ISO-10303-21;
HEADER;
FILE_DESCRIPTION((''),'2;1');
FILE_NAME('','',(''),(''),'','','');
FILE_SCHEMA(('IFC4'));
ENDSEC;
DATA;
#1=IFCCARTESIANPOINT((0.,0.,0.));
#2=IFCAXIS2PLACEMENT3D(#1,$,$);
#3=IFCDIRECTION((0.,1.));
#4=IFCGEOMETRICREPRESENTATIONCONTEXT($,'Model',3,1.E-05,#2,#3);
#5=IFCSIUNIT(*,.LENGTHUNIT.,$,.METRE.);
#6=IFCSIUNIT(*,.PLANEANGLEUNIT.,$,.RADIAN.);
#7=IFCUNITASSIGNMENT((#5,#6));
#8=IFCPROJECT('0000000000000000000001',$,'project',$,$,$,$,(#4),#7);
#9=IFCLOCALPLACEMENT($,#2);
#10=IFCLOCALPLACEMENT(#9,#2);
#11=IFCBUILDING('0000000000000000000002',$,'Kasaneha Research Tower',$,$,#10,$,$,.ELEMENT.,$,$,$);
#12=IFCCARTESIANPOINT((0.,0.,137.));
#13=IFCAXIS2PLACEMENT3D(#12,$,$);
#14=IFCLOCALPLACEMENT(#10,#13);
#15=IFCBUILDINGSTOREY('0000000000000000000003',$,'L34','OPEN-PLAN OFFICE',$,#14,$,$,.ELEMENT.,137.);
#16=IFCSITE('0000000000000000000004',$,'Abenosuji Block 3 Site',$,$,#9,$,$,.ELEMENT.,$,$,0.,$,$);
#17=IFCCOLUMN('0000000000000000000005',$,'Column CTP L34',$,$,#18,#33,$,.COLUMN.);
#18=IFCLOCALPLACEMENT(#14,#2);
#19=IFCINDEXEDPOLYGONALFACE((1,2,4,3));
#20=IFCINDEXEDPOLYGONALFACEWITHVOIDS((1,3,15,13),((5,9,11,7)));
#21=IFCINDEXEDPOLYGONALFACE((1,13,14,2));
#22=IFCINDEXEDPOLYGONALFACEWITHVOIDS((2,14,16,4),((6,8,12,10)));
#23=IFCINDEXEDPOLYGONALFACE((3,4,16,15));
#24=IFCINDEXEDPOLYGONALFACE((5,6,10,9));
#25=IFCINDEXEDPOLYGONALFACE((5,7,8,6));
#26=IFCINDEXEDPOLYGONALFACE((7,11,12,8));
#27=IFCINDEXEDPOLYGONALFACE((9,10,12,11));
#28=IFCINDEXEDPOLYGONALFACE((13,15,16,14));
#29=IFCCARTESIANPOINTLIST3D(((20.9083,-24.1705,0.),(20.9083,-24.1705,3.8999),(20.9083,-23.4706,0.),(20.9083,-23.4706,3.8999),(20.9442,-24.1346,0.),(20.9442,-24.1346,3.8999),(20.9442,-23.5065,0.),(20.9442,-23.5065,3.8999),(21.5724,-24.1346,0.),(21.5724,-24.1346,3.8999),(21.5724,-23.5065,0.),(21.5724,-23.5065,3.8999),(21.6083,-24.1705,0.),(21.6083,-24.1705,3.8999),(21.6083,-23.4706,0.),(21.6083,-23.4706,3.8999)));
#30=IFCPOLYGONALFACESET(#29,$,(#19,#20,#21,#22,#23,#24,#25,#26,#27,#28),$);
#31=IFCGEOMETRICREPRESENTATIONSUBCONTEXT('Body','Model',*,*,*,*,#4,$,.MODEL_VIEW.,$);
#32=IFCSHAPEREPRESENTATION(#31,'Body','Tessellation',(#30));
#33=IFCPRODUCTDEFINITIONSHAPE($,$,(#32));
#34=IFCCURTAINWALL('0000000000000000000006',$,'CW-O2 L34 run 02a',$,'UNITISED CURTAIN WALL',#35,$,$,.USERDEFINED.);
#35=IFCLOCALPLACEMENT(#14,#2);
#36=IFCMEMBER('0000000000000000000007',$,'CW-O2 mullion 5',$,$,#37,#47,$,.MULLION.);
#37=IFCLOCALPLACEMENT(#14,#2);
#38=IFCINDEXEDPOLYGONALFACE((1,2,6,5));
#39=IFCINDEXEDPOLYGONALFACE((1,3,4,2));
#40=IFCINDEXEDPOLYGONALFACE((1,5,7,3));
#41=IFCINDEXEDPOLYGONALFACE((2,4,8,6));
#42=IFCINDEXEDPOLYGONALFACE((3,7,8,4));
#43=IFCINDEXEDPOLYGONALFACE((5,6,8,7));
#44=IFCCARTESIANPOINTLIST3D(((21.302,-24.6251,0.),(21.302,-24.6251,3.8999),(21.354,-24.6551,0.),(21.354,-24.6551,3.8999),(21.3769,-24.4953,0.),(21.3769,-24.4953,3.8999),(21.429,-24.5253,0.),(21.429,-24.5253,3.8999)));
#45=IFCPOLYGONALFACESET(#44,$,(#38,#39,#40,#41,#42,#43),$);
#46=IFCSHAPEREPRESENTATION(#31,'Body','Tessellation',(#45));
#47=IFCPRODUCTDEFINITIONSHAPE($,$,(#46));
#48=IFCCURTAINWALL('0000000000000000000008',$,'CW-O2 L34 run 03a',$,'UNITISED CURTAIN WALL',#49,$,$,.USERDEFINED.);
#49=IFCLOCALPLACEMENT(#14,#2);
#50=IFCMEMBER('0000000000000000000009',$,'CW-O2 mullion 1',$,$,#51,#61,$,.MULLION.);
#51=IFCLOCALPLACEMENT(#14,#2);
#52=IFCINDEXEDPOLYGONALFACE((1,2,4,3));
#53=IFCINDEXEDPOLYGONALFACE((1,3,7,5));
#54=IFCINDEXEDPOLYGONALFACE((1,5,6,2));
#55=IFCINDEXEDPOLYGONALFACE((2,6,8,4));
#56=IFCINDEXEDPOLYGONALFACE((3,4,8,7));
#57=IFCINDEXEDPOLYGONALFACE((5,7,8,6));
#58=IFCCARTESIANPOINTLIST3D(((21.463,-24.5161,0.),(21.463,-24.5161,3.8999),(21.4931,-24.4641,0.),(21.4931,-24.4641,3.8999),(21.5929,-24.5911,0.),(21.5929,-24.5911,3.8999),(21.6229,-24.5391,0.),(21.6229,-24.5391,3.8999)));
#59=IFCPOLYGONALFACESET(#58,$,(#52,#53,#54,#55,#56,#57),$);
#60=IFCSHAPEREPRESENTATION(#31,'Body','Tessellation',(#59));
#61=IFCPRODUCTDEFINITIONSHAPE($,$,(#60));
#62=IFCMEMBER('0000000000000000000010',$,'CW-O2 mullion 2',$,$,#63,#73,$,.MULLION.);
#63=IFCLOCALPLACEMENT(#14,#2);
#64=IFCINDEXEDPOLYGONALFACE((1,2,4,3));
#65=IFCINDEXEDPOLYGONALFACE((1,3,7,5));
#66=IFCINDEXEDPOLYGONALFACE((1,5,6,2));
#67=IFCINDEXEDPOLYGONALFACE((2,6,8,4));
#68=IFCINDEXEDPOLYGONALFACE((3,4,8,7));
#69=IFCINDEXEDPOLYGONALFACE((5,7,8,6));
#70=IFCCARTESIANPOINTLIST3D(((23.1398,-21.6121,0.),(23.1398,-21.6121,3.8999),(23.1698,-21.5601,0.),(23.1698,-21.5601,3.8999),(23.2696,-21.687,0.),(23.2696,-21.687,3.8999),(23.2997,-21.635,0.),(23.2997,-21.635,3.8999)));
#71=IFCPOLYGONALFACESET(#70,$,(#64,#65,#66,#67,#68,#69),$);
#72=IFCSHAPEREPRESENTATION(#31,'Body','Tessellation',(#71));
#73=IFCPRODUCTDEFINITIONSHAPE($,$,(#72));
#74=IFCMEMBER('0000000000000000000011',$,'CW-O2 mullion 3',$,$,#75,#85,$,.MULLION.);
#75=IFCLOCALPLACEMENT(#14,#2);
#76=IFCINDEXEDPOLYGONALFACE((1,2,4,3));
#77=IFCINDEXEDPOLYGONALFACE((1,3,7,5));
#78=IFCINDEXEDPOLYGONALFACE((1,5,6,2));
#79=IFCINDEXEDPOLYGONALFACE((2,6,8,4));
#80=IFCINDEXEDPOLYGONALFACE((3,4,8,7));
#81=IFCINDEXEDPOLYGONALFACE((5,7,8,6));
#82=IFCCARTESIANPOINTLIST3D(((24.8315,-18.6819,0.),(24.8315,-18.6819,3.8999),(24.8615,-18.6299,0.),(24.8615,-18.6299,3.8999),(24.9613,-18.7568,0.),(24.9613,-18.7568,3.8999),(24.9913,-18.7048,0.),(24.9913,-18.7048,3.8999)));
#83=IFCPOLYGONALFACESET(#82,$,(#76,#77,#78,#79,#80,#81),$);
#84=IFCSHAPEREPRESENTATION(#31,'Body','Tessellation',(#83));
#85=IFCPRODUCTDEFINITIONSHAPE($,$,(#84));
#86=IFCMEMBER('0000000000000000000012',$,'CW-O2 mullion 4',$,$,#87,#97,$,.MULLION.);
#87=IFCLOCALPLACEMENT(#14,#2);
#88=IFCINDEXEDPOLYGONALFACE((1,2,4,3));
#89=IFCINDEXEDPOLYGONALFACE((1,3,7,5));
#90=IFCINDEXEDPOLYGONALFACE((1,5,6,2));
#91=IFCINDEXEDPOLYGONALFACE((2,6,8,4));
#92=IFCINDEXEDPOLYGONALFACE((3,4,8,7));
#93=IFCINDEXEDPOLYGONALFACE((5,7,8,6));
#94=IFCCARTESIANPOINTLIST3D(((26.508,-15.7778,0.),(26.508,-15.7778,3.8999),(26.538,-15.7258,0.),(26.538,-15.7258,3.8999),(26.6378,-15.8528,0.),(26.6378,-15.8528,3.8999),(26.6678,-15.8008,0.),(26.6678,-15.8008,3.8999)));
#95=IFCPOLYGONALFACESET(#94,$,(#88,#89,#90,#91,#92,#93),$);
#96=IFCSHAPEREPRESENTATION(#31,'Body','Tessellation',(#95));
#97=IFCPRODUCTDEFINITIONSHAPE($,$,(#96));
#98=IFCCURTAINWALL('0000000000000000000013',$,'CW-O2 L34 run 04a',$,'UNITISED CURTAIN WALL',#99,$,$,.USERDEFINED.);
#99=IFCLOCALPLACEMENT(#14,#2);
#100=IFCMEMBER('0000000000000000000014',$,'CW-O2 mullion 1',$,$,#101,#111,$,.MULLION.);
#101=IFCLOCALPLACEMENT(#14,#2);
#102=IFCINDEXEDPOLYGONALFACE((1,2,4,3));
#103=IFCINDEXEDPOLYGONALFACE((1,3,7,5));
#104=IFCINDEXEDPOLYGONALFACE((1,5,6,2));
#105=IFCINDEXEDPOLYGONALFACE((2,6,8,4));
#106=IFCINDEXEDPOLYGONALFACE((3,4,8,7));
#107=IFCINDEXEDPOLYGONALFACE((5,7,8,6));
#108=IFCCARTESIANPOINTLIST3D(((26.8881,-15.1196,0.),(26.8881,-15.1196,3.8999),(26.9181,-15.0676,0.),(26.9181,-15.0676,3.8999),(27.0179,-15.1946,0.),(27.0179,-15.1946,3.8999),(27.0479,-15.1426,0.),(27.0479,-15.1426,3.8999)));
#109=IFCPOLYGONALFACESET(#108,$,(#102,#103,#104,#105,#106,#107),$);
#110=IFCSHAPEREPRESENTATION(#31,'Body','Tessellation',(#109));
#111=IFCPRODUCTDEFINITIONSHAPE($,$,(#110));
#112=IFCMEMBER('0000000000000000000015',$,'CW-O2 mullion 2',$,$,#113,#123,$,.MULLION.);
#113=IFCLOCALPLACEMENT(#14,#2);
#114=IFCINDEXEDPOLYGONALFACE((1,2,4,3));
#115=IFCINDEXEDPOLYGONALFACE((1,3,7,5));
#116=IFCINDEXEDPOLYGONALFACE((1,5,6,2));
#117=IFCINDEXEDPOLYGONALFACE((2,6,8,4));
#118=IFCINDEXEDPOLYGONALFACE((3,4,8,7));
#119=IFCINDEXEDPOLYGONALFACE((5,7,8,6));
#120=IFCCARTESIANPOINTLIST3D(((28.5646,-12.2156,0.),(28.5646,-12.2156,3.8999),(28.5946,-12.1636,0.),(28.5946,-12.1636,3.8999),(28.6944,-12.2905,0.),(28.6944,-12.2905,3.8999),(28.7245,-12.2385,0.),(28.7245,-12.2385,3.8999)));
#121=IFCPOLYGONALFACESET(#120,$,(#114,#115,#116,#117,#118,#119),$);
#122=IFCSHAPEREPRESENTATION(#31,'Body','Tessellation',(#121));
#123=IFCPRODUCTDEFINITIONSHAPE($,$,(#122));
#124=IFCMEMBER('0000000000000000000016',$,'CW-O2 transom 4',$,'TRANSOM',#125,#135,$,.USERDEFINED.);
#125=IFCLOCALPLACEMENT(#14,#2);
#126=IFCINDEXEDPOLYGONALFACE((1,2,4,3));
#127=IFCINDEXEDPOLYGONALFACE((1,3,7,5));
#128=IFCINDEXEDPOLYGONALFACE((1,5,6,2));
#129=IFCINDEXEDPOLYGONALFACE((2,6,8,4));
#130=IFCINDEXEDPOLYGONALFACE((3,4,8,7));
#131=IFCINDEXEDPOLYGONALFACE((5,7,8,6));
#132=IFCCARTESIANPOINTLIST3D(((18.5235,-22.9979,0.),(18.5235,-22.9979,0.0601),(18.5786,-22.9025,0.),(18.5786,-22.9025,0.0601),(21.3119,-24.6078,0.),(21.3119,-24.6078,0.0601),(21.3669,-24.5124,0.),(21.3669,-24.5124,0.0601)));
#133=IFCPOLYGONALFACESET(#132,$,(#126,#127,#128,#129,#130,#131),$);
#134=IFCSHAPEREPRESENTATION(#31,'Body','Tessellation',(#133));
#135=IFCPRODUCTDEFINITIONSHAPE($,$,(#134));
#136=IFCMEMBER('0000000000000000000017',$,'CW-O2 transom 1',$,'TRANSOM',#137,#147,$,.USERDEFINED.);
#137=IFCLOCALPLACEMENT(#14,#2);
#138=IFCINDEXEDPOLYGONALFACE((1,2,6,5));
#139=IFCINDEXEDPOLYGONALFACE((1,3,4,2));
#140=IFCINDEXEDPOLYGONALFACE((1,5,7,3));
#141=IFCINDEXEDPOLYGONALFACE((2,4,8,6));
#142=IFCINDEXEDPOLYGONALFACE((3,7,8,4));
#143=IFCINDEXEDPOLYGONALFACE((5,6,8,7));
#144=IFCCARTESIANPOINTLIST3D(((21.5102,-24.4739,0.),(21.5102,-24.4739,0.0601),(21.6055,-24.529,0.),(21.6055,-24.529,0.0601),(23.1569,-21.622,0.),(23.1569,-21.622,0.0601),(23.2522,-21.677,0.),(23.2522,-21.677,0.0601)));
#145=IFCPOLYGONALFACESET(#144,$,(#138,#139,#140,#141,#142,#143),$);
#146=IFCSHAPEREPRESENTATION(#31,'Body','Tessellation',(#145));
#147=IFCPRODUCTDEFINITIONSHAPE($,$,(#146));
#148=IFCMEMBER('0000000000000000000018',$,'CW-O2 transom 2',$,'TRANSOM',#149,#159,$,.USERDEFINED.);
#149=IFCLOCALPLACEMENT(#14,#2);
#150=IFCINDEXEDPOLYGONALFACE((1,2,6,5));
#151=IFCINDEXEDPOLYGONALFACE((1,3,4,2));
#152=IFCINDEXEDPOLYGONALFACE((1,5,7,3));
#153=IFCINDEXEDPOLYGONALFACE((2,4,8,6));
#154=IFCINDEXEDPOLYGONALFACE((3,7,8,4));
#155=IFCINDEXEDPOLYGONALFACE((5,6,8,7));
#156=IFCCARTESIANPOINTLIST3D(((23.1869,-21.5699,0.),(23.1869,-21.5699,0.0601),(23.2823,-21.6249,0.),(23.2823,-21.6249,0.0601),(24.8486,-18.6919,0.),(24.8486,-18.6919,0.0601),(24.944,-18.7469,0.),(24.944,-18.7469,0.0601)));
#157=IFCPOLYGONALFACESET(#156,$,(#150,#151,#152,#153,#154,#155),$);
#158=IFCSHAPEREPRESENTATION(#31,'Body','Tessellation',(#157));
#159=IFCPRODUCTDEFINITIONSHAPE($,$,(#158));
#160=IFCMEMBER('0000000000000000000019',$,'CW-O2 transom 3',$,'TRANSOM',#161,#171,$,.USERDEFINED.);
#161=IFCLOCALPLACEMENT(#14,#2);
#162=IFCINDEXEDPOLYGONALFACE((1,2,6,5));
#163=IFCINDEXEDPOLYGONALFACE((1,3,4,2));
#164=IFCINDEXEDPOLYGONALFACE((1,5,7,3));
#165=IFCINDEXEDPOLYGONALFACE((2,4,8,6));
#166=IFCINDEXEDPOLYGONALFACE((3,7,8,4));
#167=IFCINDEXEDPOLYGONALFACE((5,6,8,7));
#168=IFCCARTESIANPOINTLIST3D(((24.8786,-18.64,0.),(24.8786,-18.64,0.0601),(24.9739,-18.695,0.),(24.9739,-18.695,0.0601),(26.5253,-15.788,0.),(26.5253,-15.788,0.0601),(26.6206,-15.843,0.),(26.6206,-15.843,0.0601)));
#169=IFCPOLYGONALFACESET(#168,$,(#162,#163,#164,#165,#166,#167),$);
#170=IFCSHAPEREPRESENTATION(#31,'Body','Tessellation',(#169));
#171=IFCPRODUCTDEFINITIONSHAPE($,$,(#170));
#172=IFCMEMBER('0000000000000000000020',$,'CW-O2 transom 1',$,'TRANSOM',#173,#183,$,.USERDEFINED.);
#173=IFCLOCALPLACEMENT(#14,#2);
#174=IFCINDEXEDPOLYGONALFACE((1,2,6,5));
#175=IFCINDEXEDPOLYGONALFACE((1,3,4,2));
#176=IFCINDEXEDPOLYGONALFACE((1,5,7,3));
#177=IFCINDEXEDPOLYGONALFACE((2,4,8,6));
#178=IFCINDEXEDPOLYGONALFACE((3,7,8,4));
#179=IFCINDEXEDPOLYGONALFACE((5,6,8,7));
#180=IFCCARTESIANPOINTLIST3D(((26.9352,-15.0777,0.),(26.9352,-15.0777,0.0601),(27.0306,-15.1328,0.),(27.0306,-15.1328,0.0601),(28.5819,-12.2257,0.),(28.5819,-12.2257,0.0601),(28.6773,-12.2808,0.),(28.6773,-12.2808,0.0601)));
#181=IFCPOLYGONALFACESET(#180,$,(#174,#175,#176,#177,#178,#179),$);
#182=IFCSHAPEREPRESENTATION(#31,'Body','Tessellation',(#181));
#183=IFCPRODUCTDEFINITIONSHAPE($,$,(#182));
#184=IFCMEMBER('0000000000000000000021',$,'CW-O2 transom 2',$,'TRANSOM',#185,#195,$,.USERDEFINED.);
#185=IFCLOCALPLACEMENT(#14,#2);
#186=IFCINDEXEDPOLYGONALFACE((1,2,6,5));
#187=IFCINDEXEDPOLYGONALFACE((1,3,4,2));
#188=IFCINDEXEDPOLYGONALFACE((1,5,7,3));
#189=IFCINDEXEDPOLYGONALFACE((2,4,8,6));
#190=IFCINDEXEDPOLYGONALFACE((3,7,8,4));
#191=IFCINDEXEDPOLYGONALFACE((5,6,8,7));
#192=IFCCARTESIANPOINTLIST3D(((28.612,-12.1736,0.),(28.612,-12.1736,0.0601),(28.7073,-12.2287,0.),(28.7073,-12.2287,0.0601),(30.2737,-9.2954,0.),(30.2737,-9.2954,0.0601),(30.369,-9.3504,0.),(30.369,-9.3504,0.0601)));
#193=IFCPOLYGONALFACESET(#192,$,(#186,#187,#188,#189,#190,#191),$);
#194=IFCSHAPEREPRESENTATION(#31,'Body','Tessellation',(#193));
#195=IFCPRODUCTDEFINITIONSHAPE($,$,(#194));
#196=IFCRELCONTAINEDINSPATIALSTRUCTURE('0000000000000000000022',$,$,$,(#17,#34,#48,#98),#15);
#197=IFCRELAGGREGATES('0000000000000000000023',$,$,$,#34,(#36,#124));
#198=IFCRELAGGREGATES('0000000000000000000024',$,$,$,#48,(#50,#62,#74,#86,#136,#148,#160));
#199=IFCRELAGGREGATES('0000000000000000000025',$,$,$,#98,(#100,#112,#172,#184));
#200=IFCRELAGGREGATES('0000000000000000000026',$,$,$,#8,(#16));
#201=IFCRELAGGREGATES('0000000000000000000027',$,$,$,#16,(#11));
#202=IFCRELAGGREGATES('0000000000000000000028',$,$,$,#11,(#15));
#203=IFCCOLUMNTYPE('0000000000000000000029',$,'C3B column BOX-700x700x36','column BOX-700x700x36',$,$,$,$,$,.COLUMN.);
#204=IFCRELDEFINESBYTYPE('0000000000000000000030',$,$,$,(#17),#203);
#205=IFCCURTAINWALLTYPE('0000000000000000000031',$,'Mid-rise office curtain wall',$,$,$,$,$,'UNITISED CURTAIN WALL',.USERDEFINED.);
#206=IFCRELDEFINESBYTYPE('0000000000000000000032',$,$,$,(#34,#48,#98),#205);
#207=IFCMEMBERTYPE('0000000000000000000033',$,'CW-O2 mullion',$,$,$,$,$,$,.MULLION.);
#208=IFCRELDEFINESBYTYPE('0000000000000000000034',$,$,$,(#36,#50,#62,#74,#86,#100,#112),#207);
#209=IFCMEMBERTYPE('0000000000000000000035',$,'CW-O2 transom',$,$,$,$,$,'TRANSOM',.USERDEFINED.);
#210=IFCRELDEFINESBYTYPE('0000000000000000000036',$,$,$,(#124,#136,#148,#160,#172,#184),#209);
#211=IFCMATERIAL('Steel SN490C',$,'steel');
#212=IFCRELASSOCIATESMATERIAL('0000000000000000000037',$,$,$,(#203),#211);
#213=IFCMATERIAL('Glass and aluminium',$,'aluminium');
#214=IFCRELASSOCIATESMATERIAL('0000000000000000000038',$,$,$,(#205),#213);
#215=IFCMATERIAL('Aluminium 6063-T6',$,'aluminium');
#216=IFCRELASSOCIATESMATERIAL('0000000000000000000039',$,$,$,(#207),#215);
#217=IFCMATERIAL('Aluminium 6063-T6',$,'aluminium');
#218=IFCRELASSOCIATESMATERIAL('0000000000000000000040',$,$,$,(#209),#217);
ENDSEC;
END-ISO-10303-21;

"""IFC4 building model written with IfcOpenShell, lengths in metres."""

from ifc_helpers import new_model, si_unit, direction, frame, origin, origin_2d, place, context, subcontext, project, spatial, rectangle, hollow_rectangle, extrude, material, material_profile, profile_set, type_object, element, aggregate, save


model = new_model("IFC4")

# Units and contexts
model_context = context("Model", 3, precision=1e-05, world=origin(), true_north=direction((0.0, 1.0)))
body_context = subcontext(model_context, "Body", "Model", "MODEL_VIEW")
ifc_project = project(units=[si_unit("LENGTHUNIT", "METRE"), si_unit("PLANEANGLEUNIT", "RADIAN")], contexts=[model_context])

# Site, building, storey
site_placement = place(None, origin())
site = spatial("IfcSite", under=ifc_project, at=site_placement, Name="Abenosuji Block 3 Site", CompositionType="ELEMENT", RefElevation=0.0)
building_placement = place(site_placement, origin())
building = spatial("IfcBuilding", under=site, at=building_placement, Name="Kasaneha Research Tower", CompositionType="ELEMENT")
storey_placement = place(building_placement, frame((0.0, 0.0, 137.0)))
storey = spatial("IfcBuildingStorey", under=building, at=storey_placement, Name="L34", Description="OPEN-PLAN OFFICE", CompositionType="ELEMENT", Elevation=137.0)

# Column
ifc_material_1 = material(Name="Steel SN490C", Category="steel")
ifc_material_profile_1 = material_profile(ifc_material_1, hollow_rectangle(XDim=0.7, YDim=0.7, WallThickness=0.0359, at=origin_2d()), Name="BOX-700x700x36")
ifc_profile_set_1 = profile_set([ifc_material_profile_1], Name="Steel SN490C")
column_type = type_object("IfcColumnType", Name="C3B column BOX-700x700x36", Description="column BOX-700x700x36", PredefinedType="COLUMN", material=ifc_profile_set_1)
column_placement = place(storey_placement, frame((21.2583, -23.8206, 0.0), z_axis=(0.0, 0.0, 1.0), x_axis=(1.0, 0.0, 0.0)))
element("IfcColumn", 1, at=column_placement, inside=storey, type_object=column_type, Name="Column CTP L34", PredefinedType="COLUMN", context=body_context, shape_type="SweptSolid", body=[
    extrude(hollow_rectangle(XDim=0.7, YDim=0.7, WallThickness=0.0359, at=origin_2d()), origin(), (0.0, 0.0, 1.0), 3.8999),
])

# Curtain wall, member
ifc_material_2 = material(Name="Glass and aluminium", Category="aluminium")
curtain_wall_type = type_object("IfcCurtainWallType", Name="Mid-rise office curtain wall", ElementType="UNITISED CURTAIN WALL", PredefinedType="USERDEFINED", material=ifc_material_2)
curtain_wall_1_placement = place(storey_placement, origin())
curtain_wall_1 = element("IfcCurtainWall", 2, at=curtain_wall_1_placement, inside=storey, type_object=curtain_wall_type, Name="CW-O2 L34 run 02a", ObjectType="UNITISED CURTAIN WALL", PredefinedType="USERDEFINED")
ifc_material_3 = material(Name="Aluminium 6063-T6", Category="aluminium")
ifc_material_profile_2 = material_profile(ifc_material_3, rectangle(XDim=0.0601, YDim=0.1499, at=origin_2d()), Name="CW-O2 mullion 60x150")
ifc_profile_set_2 = profile_set([ifc_material_profile_2], Name="Aluminium 6063-T6")
member_type_1 = type_object("IfcMemberType", Name="CW-O2 mullion", PredefinedType="MULLION", material=ifc_profile_set_2)
member_1_placement = place(storey_placement, frame((21.3655, -24.5752, 0.0), z_axis=(0.0, 0.0, 1.0), x_axis=(0.866025, -0.5, 0.0)))
member_1 = element("IfcMember", 3, at=member_1_placement, type_object=member_type_1, Name="CW-O2 mullion 5", PredefinedType="MULLION", context=body_context, shape_type="SweptSolid", body=[
    extrude(rectangle(XDim=0.0601, YDim=0.1499, at=origin_2d()), origin(), (0.0, 0.0, 1.0), 3.8999),
])

# Curtain walls, members
curtain_wall_2_placement = place(storey_placement, origin())
curtain_wall_2 = element("IfcCurtainWall", 4, at=curtain_wall_2_placement, inside=storey, type_object=curtain_wall_type, Name="CW-O2 L34 run 03a", ObjectType="UNITISED CURTAIN WALL", PredefinedType="USERDEFINED")
member_2_placement = place(storey_placement, frame((21.543, -24.5276, 0.0), z_axis=(0.0, 0.0, 1.0), x_axis=(0.5, 0.866025, 0.0)))
member_2 = element("IfcMember", 5, at=member_2_placement, type_object=member_type_1, Name="CW-O2 mullion 1", PredefinedType="MULLION", context=body_context, shape_type="SweptSolid", body=[
    extrude(rectangle(XDim=0.0601, YDim=0.1499, at=origin_2d()), origin(), (0.0, 0.0, 1.0), 3.8999),
])
member_3_placement = place(storey_placement, frame((23.2197, -21.6235, 0.0), z_axis=(0.0, 0.0, 1.0), x_axis=(0.5, 0.866025, 0.0)))
member_3 = element("IfcMember", 6, at=member_3_placement, type_object=member_type_1, Name="CW-O2 mullion 2", PredefinedType="MULLION", context=body_context, shape_type="SweptSolid", body=[
    extrude(rectangle(XDim=0.0601, YDim=0.1499, at=origin_2d()), origin(), (0.0, 0.0, 1.0), 3.8999),
])
member_4_placement = place(storey_placement, frame((24.9114, -18.6934, 0.0), z_axis=(0.0, 0.0, 1.0), x_axis=(0.5, 0.866025, 0.0)))
member_4 = element("IfcMember", 7, at=member_4_placement, type_object=member_type_1, Name="CW-O2 mullion 3", PredefinedType="MULLION", context=body_context, shape_type="SweptSolid", body=[
    extrude(rectangle(XDim=0.0601, YDim=0.1499, at=origin_2d()), origin(), (0.0, 0.0, 1.0), 3.8999),
])
member_5_placement = place(storey_placement, frame((26.5879, -15.7893, 0.0), z_axis=(0.0, 0.0, 1.0), x_axis=(0.5, 0.866025, 0.0)))
member_5 = element("IfcMember", 8, at=member_5_placement, type_object=member_type_1, Name="CW-O2 mullion 4", PredefinedType="MULLION", context=body_context, shape_type="SweptSolid", body=[
    extrude(rectangle(XDim=0.0601, YDim=0.1499, at=origin_2d()), origin(), (0.0, 0.0, 1.0), 3.8999),
])
curtain_wall_3_placement = place(storey_placement, origin())
curtain_wall_3 = element("IfcCurtainWall", 9, at=curtain_wall_3_placement, inside=storey, type_object=curtain_wall_type, Name="CW-O2 L34 run 04a", ObjectType="UNITISED CURTAIN WALL", PredefinedType="USERDEFINED")
member_6_placement = place(storey_placement, frame((26.968, -15.1311, 0.0), z_axis=(0.0, 0.0, 1.0), x_axis=(0.5, 0.866025, 0.0)))
member_6 = element("IfcMember", 10, at=member_6_placement, type_object=member_type_1, Name="CW-O2 mullion 1", PredefinedType="MULLION", context=body_context, shape_type="SweptSolid", body=[
    extrude(rectangle(XDim=0.0601, YDim=0.1499, at=origin_2d()), origin(), (0.0, 0.0, 1.0), 3.8999),
])
member_7_placement = place(storey_placement, frame((28.6445, -12.2271, 0.0), z_axis=(0.0, 0.0, 1.0), x_axis=(0.5, 0.866025, 0.0)))
member_7 = element("IfcMember", 11, at=member_7_placement, type_object=member_type_1, Name="CW-O2 mullion 2", PredefinedType="MULLION", context=body_context, shape_type="SweptSolid", body=[
    extrude(rectangle(XDim=0.0601, YDim=0.1499, at=origin_2d()), origin(), (0.0, 0.0, 1.0), 3.8999),
])

# Members
ifc_material_4 = material(Name="Aluminium 6063-T6", Category="aluminium")
ifc_material_profile_3 = material_profile(ifc_material_4, rectangle(XDim=0.1101, YDim=0.0601, at=origin_2d()), Name="CW-O2 transom 110x60")
ifc_profile_set_3 = profile_set([ifc_material_profile_3], Name="Aluminium 6063-T6")
member_type_2 = type_object("IfcMemberType", Name="CW-O2 transom", ElementType="TRANSOM", PredefinedType="USERDEFINED", material=ifc_profile_set_3)
member_8_placement = place(storey_placement, frame((18.551, -22.9502, 0.03), z_axis=(0.866023, -0.500005, 0.0), x_axis=(0.500005, 0.866023, 0.0)))
member_8 = element("IfcMember", 12, at=member_8_placement, type_object=member_type_2, Name="CW-O2 transom 4", ObjectType="TRANSOM", PredefinedType="USERDEFINED", context=body_context, shape_type="SweptSolid", body=[
    extrude(rectangle(XDim=0.1101, YDim=0.0601, at=origin_2d()), origin(), (0.0, 0.0, 1.0), 3.2197),
])
member_9_placement = place(storey_placement, frame((21.5579, -24.5015, 0.03), z_axis=(0.500022, 0.866013, 0.0), x_axis=(-0.866013, 0.500022, 0.0)))
member_9 = element("IfcMember", 13, at=member_9_placement, type_object=member_type_2, Name="CW-O2 transom 1", ObjectType="TRANSOM", PredefinedType="USERDEFINED", context=body_context, shape_type="SweptSolid", body=[
    extrude(rectangle(XDim=0.1101, YDim=0.0601, at=origin_2d()), origin(), (0.0, 0.0, 1.0), 3.2932),
])
member_10_placement = place(storey_placement, frame((23.2346, -21.5974, 0.03), z_axis=(0.500011, 0.866019, 0.0), x_axis=(-0.866019, 0.500011, 0.0)))
member_10 = element("IfcMember", 14, at=member_10_placement, type_object=member_type_2, Name="CW-O2 transom 2", ObjectType="TRANSOM", PredefinedType="USERDEFINED", context=body_context, shape_type="SweptSolid", body=[
    extrude(rectangle(XDim=0.1101, YDim=0.0601, at=origin_2d()), origin(), (0.0, 0.0, 1.0), 3.3232),
])
member_11_placement = place(storey_placement, frame((24.9263, -18.6675, 0.03), z_axis=(0.500022, 0.866013, 0.0), x_axis=(-0.866013, 0.500022, 0.0)))
member_11 = element("IfcMember", 15, at=member_11_placement, type_object=member_type_2, Name="CW-O2 transom 3", ObjectType="TRANSOM", PredefinedType="USERDEFINED", context=body_context, shape_type="SweptSolid", body=[
    extrude(rectangle(XDim=0.1101, YDim=0.0601, at=origin_2d()), origin(), (0.0, 0.0, 1.0), 3.2932),
])
member_12_placement = place(storey_placement, frame((26.9829, -15.1052, 0.03), z_axis=(0.500022, 0.866013, 0.0), x_axis=(-0.866013, 0.500022, 0.0)))
member_12 = element("IfcMember", 16, at=member_12_placement, type_object=member_type_2, Name="CW-O2 transom 1", ObjectType="TRANSOM", PredefinedType="USERDEFINED", context=body_context, shape_type="SweptSolid", body=[
    extrude(rectangle(XDim=0.1101, YDim=0.0601, at=origin_2d()), origin(), (0.0, 0.0, 1.0), 3.2932),
])
member_13_placement = place(storey_placement, frame((28.6597, -12.2012, 0.03), z_axis=(0.499979, 0.866038, 0.0), x_axis=(-0.866038, 0.499979, 0.0)))
member_13 = element("IfcMember", 17, at=member_13_placement, type_object=member_type_2, Name="CW-O2 transom 2", ObjectType="TRANSOM", PredefinedType="USERDEFINED", context=body_context, shape_type="SweptSolid", body=[
    extrude(rectangle(XDim=0.1101, YDim=0.0601, at=origin_2d()), origin(), (0.0, 0.0, 1.0), 3.3235),
])

aggregate(curtain_wall_1, [member_1, member_8])
aggregate(curtain_wall_2, [member_2, member_3, member_4, member_5, member_9, member_10, member_11])
aggregate(curtain_wall_3, [member_6, member_7, member_12, member_13])

save(model, "model.ifc")
